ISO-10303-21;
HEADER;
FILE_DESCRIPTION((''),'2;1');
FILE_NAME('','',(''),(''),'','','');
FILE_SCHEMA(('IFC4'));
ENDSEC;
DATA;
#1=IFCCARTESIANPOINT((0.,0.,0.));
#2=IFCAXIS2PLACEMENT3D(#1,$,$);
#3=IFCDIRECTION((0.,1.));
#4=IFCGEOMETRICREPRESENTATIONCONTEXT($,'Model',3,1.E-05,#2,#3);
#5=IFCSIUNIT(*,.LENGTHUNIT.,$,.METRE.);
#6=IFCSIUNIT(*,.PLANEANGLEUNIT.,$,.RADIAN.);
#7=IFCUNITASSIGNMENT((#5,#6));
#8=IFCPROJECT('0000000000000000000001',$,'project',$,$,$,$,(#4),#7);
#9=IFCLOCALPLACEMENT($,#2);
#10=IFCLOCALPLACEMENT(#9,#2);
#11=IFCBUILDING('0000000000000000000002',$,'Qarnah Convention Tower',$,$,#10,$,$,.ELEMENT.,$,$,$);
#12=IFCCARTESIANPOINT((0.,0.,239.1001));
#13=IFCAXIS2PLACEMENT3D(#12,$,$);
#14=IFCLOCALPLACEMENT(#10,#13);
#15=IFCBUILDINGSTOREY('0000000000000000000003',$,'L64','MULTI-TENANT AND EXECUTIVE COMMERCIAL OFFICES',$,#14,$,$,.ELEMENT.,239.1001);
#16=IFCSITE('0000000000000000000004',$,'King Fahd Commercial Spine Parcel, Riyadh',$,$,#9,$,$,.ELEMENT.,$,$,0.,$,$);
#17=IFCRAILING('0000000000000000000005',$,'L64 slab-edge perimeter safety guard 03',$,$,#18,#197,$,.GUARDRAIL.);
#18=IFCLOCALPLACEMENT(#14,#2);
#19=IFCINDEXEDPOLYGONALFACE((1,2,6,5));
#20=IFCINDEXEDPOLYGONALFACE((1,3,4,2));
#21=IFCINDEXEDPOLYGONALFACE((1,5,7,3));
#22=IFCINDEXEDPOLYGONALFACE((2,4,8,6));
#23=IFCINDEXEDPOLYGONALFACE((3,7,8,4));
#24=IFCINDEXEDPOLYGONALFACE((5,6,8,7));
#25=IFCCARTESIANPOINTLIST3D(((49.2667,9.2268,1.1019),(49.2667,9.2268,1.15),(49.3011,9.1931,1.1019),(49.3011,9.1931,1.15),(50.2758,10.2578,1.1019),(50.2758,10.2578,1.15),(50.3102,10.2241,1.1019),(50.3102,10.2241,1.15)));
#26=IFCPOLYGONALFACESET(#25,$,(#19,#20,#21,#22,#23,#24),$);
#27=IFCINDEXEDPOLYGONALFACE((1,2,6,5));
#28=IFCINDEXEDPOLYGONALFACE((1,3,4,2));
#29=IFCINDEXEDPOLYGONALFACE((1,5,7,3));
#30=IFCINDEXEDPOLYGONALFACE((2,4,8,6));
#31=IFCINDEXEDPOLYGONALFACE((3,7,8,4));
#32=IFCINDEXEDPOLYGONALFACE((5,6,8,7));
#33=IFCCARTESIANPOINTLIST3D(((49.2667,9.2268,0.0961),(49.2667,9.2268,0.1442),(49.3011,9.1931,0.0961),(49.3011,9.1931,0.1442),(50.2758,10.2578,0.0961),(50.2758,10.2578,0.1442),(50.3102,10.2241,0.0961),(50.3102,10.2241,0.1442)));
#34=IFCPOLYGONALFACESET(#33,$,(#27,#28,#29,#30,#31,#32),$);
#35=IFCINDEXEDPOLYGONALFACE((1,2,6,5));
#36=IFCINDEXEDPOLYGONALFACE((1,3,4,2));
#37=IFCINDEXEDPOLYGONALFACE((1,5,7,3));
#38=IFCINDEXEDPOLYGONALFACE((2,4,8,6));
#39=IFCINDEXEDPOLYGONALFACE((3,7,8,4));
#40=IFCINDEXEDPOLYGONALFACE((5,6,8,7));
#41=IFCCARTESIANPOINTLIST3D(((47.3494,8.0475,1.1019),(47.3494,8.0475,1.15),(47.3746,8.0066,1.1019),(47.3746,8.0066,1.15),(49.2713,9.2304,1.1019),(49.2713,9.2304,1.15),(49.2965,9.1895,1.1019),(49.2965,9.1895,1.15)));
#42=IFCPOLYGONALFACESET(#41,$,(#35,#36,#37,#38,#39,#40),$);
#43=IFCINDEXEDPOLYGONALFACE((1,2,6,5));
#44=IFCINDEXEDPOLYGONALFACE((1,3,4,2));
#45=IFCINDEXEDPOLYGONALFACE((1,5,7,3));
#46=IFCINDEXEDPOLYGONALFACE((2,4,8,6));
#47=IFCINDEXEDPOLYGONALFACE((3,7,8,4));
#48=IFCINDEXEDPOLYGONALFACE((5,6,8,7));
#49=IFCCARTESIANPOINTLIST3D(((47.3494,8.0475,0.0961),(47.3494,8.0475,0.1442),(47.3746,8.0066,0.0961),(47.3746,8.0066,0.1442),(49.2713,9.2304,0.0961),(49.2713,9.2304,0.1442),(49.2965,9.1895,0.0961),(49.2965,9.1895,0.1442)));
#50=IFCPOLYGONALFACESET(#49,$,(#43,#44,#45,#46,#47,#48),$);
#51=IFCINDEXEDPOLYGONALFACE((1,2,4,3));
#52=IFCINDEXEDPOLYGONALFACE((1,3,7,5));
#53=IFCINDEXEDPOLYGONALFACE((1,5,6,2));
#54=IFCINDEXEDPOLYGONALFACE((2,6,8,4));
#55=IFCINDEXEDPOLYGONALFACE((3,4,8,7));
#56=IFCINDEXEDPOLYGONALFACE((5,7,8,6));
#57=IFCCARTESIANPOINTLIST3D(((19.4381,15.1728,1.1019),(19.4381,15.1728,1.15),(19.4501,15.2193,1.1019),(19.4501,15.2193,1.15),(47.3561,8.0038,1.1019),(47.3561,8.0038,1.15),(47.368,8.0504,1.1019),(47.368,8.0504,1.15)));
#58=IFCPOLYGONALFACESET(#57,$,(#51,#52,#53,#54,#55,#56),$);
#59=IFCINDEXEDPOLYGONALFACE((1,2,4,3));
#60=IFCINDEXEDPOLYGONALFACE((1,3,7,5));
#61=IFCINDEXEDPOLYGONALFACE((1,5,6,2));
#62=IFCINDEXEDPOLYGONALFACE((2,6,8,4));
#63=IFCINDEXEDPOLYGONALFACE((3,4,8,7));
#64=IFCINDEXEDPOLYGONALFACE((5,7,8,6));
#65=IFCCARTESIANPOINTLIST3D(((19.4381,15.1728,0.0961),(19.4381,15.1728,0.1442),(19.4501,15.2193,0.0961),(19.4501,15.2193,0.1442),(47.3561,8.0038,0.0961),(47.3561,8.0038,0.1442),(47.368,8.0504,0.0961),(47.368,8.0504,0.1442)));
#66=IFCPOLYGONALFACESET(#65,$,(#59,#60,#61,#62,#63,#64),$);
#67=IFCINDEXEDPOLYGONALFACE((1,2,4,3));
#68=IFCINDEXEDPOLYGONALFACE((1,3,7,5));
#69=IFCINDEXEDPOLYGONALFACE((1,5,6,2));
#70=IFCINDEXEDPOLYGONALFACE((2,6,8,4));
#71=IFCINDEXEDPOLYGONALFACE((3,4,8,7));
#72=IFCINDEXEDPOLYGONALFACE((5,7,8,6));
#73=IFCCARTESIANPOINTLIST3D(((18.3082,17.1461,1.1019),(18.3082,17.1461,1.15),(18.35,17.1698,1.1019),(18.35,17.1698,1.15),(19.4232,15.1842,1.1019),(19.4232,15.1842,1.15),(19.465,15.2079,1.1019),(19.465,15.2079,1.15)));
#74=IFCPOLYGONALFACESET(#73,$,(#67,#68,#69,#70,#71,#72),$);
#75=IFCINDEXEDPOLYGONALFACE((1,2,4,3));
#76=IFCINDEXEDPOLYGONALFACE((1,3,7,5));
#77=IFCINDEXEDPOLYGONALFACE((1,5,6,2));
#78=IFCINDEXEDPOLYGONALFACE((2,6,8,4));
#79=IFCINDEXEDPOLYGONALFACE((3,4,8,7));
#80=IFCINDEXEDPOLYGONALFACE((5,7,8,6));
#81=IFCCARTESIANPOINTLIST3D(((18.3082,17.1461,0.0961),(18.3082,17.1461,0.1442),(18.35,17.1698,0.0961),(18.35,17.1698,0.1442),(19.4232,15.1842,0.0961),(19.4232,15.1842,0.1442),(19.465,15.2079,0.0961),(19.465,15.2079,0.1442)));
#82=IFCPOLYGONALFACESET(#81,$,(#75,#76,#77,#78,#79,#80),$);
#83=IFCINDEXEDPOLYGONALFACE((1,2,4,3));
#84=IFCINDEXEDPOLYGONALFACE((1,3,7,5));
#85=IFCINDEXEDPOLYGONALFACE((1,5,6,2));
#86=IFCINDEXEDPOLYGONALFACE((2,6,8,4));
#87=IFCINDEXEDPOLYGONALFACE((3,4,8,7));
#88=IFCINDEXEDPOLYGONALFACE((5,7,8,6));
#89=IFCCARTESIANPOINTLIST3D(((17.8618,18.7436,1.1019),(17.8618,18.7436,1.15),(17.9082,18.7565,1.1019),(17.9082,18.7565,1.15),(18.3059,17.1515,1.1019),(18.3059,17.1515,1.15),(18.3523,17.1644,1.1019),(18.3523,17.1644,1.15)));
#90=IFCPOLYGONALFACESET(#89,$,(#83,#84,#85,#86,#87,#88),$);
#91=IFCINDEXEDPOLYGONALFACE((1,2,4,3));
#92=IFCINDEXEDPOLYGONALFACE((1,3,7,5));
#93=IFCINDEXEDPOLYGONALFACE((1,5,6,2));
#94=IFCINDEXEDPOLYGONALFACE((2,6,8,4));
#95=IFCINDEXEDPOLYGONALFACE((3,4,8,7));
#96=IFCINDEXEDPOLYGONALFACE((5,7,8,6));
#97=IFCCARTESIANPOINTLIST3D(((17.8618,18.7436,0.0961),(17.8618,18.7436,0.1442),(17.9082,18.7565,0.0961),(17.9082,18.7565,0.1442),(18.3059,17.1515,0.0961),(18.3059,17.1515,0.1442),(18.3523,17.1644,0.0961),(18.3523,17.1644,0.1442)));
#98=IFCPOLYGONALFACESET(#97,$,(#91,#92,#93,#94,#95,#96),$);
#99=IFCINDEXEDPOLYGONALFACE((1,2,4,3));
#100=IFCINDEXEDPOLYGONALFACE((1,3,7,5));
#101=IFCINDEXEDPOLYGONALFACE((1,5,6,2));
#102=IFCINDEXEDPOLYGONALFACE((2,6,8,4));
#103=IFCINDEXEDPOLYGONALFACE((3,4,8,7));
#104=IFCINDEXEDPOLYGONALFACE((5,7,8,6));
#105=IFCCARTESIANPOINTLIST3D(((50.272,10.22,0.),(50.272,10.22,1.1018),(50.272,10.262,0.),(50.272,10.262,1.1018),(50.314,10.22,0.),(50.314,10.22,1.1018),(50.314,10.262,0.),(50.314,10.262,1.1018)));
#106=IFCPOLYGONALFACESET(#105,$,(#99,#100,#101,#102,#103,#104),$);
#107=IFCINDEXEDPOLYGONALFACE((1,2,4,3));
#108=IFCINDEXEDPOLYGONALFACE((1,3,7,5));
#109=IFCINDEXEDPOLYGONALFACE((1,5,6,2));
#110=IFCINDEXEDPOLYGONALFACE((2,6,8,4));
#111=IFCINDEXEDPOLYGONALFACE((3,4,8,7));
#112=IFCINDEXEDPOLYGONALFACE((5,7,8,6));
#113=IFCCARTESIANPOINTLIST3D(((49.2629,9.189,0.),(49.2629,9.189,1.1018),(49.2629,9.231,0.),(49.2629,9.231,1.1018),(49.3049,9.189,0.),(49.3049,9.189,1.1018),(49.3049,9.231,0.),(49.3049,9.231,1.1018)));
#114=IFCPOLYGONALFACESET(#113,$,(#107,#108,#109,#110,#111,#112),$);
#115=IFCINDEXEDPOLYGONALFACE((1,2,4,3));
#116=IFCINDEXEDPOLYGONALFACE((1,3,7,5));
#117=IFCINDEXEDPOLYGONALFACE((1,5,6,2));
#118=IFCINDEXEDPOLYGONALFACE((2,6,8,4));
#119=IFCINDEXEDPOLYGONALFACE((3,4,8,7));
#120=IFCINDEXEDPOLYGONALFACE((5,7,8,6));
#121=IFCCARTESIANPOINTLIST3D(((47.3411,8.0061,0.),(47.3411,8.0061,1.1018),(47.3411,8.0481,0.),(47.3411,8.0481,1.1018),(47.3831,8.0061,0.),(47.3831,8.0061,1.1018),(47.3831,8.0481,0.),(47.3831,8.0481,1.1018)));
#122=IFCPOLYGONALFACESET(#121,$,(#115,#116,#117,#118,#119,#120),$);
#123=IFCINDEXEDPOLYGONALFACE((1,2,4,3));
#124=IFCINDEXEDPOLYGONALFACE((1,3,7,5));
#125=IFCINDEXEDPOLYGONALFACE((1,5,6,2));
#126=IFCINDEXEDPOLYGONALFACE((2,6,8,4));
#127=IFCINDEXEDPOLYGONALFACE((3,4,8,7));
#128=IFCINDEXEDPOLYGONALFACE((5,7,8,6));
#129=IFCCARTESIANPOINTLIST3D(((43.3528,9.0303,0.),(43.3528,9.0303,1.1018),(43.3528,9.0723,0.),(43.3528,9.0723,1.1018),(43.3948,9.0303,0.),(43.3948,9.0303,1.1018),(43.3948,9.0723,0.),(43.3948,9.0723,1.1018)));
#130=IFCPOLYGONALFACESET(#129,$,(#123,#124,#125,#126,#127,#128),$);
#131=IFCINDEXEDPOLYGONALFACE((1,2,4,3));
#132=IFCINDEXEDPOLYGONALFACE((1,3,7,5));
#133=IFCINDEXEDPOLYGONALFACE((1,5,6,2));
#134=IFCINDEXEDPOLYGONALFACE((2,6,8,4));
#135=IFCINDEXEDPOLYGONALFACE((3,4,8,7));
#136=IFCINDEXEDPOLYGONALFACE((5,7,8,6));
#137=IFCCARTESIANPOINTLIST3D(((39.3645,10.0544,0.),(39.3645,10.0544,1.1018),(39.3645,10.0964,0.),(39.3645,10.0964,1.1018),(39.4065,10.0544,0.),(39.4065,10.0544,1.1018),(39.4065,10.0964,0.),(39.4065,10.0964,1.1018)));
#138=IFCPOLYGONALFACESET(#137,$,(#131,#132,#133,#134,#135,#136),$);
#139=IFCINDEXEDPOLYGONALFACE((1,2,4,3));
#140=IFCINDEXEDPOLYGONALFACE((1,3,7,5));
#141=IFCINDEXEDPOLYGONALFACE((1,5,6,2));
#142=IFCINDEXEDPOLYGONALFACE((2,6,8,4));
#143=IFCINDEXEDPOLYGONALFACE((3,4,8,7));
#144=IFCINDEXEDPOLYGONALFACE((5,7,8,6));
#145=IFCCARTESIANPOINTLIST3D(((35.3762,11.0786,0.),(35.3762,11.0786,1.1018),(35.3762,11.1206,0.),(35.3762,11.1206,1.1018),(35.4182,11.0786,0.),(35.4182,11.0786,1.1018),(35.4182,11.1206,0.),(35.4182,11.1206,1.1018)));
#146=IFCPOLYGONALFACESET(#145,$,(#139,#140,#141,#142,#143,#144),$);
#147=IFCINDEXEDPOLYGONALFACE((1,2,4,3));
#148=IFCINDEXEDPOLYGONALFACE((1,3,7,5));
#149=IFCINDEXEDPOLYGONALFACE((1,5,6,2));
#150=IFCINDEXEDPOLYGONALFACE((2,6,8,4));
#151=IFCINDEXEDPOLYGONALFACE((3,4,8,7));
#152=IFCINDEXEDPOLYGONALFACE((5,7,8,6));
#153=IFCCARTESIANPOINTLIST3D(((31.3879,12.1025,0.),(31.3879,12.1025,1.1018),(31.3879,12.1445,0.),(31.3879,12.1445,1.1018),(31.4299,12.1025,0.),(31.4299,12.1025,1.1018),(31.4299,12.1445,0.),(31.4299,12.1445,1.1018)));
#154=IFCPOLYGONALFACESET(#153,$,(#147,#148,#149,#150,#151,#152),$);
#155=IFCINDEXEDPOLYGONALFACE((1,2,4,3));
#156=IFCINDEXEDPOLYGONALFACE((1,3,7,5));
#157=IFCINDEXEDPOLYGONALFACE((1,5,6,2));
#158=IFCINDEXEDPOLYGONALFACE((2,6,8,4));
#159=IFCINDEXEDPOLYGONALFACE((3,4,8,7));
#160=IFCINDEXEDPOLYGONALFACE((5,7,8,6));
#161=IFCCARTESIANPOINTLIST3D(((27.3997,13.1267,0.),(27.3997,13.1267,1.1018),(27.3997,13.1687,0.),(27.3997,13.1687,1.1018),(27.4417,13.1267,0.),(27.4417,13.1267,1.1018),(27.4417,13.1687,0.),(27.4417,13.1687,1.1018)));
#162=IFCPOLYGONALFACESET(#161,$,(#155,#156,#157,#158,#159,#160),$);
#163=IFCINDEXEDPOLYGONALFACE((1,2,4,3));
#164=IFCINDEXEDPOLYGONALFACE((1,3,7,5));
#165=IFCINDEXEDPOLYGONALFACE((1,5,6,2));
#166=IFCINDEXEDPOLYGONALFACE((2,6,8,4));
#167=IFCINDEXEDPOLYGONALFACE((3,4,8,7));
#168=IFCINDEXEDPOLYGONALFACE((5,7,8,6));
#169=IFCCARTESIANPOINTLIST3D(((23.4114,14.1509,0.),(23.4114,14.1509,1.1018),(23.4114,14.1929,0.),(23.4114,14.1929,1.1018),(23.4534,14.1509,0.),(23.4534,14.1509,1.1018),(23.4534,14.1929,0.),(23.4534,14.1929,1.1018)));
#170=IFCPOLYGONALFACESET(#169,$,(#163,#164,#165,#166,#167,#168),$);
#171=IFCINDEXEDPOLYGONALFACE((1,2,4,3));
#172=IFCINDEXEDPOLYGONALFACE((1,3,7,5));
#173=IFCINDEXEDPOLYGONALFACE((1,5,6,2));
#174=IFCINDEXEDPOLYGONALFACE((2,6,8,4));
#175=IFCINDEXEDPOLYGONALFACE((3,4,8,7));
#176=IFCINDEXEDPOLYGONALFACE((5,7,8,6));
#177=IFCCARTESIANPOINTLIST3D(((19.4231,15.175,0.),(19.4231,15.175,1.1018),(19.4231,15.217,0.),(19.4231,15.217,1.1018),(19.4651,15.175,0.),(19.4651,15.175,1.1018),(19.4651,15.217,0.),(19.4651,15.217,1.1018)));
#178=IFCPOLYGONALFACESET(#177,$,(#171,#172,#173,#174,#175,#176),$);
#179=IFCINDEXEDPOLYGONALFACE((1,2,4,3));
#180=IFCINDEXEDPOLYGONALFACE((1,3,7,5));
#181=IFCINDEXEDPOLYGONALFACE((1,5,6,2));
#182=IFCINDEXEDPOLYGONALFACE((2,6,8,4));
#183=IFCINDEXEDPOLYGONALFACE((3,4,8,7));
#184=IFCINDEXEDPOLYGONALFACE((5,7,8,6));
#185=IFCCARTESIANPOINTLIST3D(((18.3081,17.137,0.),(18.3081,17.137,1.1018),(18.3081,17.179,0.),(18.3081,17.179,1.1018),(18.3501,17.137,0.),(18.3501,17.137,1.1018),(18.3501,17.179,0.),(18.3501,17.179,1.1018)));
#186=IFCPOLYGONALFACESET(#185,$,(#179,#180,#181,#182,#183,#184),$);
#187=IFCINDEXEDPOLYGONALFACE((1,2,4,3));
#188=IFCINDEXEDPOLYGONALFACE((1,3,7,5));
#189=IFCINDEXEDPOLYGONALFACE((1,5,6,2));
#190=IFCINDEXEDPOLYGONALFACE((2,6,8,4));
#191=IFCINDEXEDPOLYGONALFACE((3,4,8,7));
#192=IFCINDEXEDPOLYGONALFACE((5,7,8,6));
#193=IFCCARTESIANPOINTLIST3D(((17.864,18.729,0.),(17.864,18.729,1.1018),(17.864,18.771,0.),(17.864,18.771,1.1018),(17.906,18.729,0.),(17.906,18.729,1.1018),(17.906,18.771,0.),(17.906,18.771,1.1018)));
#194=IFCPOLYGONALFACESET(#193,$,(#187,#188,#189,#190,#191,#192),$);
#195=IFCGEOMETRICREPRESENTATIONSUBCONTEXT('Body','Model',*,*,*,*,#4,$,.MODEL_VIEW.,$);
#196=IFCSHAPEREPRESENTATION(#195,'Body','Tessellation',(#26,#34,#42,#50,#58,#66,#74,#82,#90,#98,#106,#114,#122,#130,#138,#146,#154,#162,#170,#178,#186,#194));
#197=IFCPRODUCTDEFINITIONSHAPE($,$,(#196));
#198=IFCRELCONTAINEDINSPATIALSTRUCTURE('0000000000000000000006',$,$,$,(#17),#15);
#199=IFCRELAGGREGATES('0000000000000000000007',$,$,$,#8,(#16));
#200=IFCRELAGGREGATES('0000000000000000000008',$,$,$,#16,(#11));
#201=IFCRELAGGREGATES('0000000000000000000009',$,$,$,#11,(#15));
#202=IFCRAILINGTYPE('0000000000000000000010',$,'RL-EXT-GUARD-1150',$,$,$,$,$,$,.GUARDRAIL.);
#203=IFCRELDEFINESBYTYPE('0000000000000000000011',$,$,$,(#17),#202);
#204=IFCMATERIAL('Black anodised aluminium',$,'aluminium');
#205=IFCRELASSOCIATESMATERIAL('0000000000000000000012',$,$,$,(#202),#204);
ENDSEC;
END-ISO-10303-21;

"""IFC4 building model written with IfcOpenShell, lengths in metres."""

from ifc_helpers import new_model, si_unit, direction, frame, origin, origin_2d, place, context, subcontext, project, spatial, rectangle, extrude, material, type_object, element, save


model = new_model("IFC4")

# Units and contexts
model_context = context("Model", 3, precision=1e-05, world=origin(), true_north=direction((0.0, 1.0)))
body_context = subcontext(model_context, "Body", "Model", "MODEL_VIEW")
ifc_project = project(units=[si_unit("LENGTHUNIT", "METRE"), si_unit("PLANEANGLEUNIT", "RADIAN")], contexts=[model_context])

# Site, building, storey
site_placement = place(None, origin())
site = spatial("IfcSite", under=ifc_project, at=site_placement, Name="King Fahd Commercial Spine Parcel, Riyadh", CompositionType="ELEMENT", RefElevation=0.0)
building_placement = place(site_placement, origin())
building = spatial("IfcBuilding", under=site, at=building_placement, Name="Qarnah Convention Tower", CompositionType="ELEMENT")
storey_placement = place(building_placement, frame((0.0, 0.0, 239.1001)))
storey = spatial("IfcBuildingStorey", under=building, at=storey_placement, Name="L64", Description="MULTI-TENANT AND EXECUTIVE COMMERCIAL OFFICES", CompositionType="ELEMENT", Elevation=239.1001)

# Shared definitions
ifc_material_1 = material(Name="Black anodised aluminium", Category="aluminium")

# Railing
railing_type = type_object("IfcRailingType", Name="RL-EXT-GUARD-1150", PredefinedType="GUARDRAIL", material=ifc_material_1)
railing_1_placement = place(storey_placement, frame((50.293, 10.241, 0.0)))
element("IfcRailing", 1, at=railing_1_placement, inside=storey, type_object=railing_type, Name="L64 slab-edge perimeter safety guard 03", PredefinedType="GUARDRAIL", context=body_context, shape_type="SweptSolid", body=[
    extrude(rectangle(XDim=0.0481, YDim=0.0481, at=origin_2d()), frame((0.0, 0.0, 1.126), z_axis=(-0.69945, -0.714681, 0.0), x_axis=(0.714681, -0.69945, 0.0)), (0.0, 0.0, 1.0), 1.4426),
    extrude(rectangle(XDim=0.0481, YDim=0.0481, at=origin_2d()), frame((0.0, 0.0, 0.1201), z_axis=(-0.69945, -0.714681, 0.0), x_axis=(0.714681, -0.69945, 0.0)), (0.0, 0.0, 1.0), 1.4426),
    extrude(rectangle(XDim=0.0481, YDim=0.0481, at=origin_2d()), frame((-1.009, -1.031, 1.126), z_axis=(-0.851625, -0.524152, 0.0), x_axis=(0.524152, -0.851625, 0.0)), (0.0, 0.0, 1.0), 2.2568),
    extrude(rectangle(XDim=0.0481, YDim=0.0481, at=origin_2d()), frame((-1.009, -1.031, 0.1201), z_axis=(-0.851625, -0.524152, 0.0), x_axis=(0.524152, -0.851625, 0.0)), (0.0, 0.0, 1.0), 2.2568),
    extrude(rectangle(XDim=0.0481, YDim=0.0481, at=origin_2d()), frame((-2.9309, -2.2139, 1.126), z_axis=(-0.968576, 0.248717, 0.0), x_axis=(-0.248717, -0.968576, 0.0)), (0.0, 0.0, 1.0), 28.8237),
    extrude(rectangle(XDim=0.0481, YDim=0.0481, at=origin_2d()), frame((-2.9309, -2.2139, 0.1201), z_axis=(-0.968576, 0.248717, 0.0), x_axis=(-0.248717, -0.968576, 0.0)), (0.0, 0.0, 1.0), 28.8237),
    extrude(rectangle(XDim=0.0481, YDim=0.0481, at=origin_2d()), frame((-30.8489, 4.9551, 1.126), z_axis=(-0.494099, 0.869406, 0.0), x_axis=(-0.869406, -0.494099, 0.0)), (0.0, 0.0, 1.0), 2.2566),
    extrude(rectangle(XDim=0.0481, YDim=0.0481, at=origin_2d()), frame((-30.8489, 4.9551, 0.1201), z_axis=(-0.494099, 0.869406, 0.0), x_axis=(-0.869406, -0.494099, 0.0)), (0.0, 0.0, 1.0), 2.2566),
    extrude(rectangle(XDim=0.0481, YDim=0.0481, at=origin_2d()), frame((-31.9639, 6.917, 1.126), z_axis=(-0.268687, 0.963227, 0.0), x_axis=(-0.963227, -0.268687, 0.0)), (0.0, 0.0, 1.0), 1.6528),
    extrude(rectangle(XDim=0.0481, YDim=0.0481, at=origin_2d()), frame((-31.9639, 6.917, 0.1201), z_axis=(-0.268687, 0.963227, 0.0), x_axis=(-0.963227, -0.268687, 0.0)), (0.0, 0.0, 1.0), 1.6528),
    extrude(rectangle(XDim=0.042, YDim=0.042, at=origin_2d()), origin(), (0.0, 0.0, 1.0), 1.1018),
    extrude(rectangle(XDim=0.042, YDim=0.042, at=origin_2d()), frame((-1.009, -1.031, 0.0)), (0.0, 0.0, 1.0), 1.1018),
    extrude(rectangle(XDim=0.042, YDim=0.042, at=origin_2d()), frame((-2.9309, -2.2139, 0.0)), (0.0, 0.0, 1.0), 1.1018),
    extrude(rectangle(XDim=0.042, YDim=0.042, at=origin_2d()), frame((-6.9192, -1.1897, 0.0)), (0.0, 0.0, 1.0), 1.1018),
    extrude(rectangle(XDim=0.042, YDim=0.042, at=origin_2d()), frame((-10.9075, -0.1655, 0.0)), (0.0, 0.0, 1.0), 1.1018),
    extrude(rectangle(XDim=0.042, YDim=0.042, at=origin_2d()), frame((-14.8958, 0.8586, 0.0)), (0.0, 0.0, 1.0), 1.1018),
    extrude(rectangle(XDim=0.042, YDim=0.042, at=origin_2d()), frame((-18.884, 1.8826, 0.0)), (0.0, 0.0, 1.0), 1.1018),
    extrude(rectangle(XDim=0.042, YDim=0.042, at=origin_2d()), frame((-22.8723, 2.9067, 0.0)), (0.0, 0.0, 1.0), 1.1018),
    extrude(rectangle(XDim=0.042, YDim=0.042, at=origin_2d()), frame((-26.8606, 3.9309, 0.0)), (0.0, 0.0, 1.0), 1.1018),
    extrude(rectangle(XDim=0.042, YDim=0.042, at=origin_2d()), frame((-30.8489, 4.9551, 0.0)), (0.0, 0.0, 1.0), 1.1018),
    extrude(rectangle(XDim=0.042, YDim=0.042, at=origin_2d()), frame((-31.9639, 6.917, 0.0)), (0.0, 0.0, 1.0), 1.1018),
    extrude(rectangle(XDim=0.042, YDim=0.042, at=origin_2d()), frame((-32.408, 8.509, 0.0)), (0.0, 0.0, 1.0), 1.1018),
])

save(model, "model.ifc")
